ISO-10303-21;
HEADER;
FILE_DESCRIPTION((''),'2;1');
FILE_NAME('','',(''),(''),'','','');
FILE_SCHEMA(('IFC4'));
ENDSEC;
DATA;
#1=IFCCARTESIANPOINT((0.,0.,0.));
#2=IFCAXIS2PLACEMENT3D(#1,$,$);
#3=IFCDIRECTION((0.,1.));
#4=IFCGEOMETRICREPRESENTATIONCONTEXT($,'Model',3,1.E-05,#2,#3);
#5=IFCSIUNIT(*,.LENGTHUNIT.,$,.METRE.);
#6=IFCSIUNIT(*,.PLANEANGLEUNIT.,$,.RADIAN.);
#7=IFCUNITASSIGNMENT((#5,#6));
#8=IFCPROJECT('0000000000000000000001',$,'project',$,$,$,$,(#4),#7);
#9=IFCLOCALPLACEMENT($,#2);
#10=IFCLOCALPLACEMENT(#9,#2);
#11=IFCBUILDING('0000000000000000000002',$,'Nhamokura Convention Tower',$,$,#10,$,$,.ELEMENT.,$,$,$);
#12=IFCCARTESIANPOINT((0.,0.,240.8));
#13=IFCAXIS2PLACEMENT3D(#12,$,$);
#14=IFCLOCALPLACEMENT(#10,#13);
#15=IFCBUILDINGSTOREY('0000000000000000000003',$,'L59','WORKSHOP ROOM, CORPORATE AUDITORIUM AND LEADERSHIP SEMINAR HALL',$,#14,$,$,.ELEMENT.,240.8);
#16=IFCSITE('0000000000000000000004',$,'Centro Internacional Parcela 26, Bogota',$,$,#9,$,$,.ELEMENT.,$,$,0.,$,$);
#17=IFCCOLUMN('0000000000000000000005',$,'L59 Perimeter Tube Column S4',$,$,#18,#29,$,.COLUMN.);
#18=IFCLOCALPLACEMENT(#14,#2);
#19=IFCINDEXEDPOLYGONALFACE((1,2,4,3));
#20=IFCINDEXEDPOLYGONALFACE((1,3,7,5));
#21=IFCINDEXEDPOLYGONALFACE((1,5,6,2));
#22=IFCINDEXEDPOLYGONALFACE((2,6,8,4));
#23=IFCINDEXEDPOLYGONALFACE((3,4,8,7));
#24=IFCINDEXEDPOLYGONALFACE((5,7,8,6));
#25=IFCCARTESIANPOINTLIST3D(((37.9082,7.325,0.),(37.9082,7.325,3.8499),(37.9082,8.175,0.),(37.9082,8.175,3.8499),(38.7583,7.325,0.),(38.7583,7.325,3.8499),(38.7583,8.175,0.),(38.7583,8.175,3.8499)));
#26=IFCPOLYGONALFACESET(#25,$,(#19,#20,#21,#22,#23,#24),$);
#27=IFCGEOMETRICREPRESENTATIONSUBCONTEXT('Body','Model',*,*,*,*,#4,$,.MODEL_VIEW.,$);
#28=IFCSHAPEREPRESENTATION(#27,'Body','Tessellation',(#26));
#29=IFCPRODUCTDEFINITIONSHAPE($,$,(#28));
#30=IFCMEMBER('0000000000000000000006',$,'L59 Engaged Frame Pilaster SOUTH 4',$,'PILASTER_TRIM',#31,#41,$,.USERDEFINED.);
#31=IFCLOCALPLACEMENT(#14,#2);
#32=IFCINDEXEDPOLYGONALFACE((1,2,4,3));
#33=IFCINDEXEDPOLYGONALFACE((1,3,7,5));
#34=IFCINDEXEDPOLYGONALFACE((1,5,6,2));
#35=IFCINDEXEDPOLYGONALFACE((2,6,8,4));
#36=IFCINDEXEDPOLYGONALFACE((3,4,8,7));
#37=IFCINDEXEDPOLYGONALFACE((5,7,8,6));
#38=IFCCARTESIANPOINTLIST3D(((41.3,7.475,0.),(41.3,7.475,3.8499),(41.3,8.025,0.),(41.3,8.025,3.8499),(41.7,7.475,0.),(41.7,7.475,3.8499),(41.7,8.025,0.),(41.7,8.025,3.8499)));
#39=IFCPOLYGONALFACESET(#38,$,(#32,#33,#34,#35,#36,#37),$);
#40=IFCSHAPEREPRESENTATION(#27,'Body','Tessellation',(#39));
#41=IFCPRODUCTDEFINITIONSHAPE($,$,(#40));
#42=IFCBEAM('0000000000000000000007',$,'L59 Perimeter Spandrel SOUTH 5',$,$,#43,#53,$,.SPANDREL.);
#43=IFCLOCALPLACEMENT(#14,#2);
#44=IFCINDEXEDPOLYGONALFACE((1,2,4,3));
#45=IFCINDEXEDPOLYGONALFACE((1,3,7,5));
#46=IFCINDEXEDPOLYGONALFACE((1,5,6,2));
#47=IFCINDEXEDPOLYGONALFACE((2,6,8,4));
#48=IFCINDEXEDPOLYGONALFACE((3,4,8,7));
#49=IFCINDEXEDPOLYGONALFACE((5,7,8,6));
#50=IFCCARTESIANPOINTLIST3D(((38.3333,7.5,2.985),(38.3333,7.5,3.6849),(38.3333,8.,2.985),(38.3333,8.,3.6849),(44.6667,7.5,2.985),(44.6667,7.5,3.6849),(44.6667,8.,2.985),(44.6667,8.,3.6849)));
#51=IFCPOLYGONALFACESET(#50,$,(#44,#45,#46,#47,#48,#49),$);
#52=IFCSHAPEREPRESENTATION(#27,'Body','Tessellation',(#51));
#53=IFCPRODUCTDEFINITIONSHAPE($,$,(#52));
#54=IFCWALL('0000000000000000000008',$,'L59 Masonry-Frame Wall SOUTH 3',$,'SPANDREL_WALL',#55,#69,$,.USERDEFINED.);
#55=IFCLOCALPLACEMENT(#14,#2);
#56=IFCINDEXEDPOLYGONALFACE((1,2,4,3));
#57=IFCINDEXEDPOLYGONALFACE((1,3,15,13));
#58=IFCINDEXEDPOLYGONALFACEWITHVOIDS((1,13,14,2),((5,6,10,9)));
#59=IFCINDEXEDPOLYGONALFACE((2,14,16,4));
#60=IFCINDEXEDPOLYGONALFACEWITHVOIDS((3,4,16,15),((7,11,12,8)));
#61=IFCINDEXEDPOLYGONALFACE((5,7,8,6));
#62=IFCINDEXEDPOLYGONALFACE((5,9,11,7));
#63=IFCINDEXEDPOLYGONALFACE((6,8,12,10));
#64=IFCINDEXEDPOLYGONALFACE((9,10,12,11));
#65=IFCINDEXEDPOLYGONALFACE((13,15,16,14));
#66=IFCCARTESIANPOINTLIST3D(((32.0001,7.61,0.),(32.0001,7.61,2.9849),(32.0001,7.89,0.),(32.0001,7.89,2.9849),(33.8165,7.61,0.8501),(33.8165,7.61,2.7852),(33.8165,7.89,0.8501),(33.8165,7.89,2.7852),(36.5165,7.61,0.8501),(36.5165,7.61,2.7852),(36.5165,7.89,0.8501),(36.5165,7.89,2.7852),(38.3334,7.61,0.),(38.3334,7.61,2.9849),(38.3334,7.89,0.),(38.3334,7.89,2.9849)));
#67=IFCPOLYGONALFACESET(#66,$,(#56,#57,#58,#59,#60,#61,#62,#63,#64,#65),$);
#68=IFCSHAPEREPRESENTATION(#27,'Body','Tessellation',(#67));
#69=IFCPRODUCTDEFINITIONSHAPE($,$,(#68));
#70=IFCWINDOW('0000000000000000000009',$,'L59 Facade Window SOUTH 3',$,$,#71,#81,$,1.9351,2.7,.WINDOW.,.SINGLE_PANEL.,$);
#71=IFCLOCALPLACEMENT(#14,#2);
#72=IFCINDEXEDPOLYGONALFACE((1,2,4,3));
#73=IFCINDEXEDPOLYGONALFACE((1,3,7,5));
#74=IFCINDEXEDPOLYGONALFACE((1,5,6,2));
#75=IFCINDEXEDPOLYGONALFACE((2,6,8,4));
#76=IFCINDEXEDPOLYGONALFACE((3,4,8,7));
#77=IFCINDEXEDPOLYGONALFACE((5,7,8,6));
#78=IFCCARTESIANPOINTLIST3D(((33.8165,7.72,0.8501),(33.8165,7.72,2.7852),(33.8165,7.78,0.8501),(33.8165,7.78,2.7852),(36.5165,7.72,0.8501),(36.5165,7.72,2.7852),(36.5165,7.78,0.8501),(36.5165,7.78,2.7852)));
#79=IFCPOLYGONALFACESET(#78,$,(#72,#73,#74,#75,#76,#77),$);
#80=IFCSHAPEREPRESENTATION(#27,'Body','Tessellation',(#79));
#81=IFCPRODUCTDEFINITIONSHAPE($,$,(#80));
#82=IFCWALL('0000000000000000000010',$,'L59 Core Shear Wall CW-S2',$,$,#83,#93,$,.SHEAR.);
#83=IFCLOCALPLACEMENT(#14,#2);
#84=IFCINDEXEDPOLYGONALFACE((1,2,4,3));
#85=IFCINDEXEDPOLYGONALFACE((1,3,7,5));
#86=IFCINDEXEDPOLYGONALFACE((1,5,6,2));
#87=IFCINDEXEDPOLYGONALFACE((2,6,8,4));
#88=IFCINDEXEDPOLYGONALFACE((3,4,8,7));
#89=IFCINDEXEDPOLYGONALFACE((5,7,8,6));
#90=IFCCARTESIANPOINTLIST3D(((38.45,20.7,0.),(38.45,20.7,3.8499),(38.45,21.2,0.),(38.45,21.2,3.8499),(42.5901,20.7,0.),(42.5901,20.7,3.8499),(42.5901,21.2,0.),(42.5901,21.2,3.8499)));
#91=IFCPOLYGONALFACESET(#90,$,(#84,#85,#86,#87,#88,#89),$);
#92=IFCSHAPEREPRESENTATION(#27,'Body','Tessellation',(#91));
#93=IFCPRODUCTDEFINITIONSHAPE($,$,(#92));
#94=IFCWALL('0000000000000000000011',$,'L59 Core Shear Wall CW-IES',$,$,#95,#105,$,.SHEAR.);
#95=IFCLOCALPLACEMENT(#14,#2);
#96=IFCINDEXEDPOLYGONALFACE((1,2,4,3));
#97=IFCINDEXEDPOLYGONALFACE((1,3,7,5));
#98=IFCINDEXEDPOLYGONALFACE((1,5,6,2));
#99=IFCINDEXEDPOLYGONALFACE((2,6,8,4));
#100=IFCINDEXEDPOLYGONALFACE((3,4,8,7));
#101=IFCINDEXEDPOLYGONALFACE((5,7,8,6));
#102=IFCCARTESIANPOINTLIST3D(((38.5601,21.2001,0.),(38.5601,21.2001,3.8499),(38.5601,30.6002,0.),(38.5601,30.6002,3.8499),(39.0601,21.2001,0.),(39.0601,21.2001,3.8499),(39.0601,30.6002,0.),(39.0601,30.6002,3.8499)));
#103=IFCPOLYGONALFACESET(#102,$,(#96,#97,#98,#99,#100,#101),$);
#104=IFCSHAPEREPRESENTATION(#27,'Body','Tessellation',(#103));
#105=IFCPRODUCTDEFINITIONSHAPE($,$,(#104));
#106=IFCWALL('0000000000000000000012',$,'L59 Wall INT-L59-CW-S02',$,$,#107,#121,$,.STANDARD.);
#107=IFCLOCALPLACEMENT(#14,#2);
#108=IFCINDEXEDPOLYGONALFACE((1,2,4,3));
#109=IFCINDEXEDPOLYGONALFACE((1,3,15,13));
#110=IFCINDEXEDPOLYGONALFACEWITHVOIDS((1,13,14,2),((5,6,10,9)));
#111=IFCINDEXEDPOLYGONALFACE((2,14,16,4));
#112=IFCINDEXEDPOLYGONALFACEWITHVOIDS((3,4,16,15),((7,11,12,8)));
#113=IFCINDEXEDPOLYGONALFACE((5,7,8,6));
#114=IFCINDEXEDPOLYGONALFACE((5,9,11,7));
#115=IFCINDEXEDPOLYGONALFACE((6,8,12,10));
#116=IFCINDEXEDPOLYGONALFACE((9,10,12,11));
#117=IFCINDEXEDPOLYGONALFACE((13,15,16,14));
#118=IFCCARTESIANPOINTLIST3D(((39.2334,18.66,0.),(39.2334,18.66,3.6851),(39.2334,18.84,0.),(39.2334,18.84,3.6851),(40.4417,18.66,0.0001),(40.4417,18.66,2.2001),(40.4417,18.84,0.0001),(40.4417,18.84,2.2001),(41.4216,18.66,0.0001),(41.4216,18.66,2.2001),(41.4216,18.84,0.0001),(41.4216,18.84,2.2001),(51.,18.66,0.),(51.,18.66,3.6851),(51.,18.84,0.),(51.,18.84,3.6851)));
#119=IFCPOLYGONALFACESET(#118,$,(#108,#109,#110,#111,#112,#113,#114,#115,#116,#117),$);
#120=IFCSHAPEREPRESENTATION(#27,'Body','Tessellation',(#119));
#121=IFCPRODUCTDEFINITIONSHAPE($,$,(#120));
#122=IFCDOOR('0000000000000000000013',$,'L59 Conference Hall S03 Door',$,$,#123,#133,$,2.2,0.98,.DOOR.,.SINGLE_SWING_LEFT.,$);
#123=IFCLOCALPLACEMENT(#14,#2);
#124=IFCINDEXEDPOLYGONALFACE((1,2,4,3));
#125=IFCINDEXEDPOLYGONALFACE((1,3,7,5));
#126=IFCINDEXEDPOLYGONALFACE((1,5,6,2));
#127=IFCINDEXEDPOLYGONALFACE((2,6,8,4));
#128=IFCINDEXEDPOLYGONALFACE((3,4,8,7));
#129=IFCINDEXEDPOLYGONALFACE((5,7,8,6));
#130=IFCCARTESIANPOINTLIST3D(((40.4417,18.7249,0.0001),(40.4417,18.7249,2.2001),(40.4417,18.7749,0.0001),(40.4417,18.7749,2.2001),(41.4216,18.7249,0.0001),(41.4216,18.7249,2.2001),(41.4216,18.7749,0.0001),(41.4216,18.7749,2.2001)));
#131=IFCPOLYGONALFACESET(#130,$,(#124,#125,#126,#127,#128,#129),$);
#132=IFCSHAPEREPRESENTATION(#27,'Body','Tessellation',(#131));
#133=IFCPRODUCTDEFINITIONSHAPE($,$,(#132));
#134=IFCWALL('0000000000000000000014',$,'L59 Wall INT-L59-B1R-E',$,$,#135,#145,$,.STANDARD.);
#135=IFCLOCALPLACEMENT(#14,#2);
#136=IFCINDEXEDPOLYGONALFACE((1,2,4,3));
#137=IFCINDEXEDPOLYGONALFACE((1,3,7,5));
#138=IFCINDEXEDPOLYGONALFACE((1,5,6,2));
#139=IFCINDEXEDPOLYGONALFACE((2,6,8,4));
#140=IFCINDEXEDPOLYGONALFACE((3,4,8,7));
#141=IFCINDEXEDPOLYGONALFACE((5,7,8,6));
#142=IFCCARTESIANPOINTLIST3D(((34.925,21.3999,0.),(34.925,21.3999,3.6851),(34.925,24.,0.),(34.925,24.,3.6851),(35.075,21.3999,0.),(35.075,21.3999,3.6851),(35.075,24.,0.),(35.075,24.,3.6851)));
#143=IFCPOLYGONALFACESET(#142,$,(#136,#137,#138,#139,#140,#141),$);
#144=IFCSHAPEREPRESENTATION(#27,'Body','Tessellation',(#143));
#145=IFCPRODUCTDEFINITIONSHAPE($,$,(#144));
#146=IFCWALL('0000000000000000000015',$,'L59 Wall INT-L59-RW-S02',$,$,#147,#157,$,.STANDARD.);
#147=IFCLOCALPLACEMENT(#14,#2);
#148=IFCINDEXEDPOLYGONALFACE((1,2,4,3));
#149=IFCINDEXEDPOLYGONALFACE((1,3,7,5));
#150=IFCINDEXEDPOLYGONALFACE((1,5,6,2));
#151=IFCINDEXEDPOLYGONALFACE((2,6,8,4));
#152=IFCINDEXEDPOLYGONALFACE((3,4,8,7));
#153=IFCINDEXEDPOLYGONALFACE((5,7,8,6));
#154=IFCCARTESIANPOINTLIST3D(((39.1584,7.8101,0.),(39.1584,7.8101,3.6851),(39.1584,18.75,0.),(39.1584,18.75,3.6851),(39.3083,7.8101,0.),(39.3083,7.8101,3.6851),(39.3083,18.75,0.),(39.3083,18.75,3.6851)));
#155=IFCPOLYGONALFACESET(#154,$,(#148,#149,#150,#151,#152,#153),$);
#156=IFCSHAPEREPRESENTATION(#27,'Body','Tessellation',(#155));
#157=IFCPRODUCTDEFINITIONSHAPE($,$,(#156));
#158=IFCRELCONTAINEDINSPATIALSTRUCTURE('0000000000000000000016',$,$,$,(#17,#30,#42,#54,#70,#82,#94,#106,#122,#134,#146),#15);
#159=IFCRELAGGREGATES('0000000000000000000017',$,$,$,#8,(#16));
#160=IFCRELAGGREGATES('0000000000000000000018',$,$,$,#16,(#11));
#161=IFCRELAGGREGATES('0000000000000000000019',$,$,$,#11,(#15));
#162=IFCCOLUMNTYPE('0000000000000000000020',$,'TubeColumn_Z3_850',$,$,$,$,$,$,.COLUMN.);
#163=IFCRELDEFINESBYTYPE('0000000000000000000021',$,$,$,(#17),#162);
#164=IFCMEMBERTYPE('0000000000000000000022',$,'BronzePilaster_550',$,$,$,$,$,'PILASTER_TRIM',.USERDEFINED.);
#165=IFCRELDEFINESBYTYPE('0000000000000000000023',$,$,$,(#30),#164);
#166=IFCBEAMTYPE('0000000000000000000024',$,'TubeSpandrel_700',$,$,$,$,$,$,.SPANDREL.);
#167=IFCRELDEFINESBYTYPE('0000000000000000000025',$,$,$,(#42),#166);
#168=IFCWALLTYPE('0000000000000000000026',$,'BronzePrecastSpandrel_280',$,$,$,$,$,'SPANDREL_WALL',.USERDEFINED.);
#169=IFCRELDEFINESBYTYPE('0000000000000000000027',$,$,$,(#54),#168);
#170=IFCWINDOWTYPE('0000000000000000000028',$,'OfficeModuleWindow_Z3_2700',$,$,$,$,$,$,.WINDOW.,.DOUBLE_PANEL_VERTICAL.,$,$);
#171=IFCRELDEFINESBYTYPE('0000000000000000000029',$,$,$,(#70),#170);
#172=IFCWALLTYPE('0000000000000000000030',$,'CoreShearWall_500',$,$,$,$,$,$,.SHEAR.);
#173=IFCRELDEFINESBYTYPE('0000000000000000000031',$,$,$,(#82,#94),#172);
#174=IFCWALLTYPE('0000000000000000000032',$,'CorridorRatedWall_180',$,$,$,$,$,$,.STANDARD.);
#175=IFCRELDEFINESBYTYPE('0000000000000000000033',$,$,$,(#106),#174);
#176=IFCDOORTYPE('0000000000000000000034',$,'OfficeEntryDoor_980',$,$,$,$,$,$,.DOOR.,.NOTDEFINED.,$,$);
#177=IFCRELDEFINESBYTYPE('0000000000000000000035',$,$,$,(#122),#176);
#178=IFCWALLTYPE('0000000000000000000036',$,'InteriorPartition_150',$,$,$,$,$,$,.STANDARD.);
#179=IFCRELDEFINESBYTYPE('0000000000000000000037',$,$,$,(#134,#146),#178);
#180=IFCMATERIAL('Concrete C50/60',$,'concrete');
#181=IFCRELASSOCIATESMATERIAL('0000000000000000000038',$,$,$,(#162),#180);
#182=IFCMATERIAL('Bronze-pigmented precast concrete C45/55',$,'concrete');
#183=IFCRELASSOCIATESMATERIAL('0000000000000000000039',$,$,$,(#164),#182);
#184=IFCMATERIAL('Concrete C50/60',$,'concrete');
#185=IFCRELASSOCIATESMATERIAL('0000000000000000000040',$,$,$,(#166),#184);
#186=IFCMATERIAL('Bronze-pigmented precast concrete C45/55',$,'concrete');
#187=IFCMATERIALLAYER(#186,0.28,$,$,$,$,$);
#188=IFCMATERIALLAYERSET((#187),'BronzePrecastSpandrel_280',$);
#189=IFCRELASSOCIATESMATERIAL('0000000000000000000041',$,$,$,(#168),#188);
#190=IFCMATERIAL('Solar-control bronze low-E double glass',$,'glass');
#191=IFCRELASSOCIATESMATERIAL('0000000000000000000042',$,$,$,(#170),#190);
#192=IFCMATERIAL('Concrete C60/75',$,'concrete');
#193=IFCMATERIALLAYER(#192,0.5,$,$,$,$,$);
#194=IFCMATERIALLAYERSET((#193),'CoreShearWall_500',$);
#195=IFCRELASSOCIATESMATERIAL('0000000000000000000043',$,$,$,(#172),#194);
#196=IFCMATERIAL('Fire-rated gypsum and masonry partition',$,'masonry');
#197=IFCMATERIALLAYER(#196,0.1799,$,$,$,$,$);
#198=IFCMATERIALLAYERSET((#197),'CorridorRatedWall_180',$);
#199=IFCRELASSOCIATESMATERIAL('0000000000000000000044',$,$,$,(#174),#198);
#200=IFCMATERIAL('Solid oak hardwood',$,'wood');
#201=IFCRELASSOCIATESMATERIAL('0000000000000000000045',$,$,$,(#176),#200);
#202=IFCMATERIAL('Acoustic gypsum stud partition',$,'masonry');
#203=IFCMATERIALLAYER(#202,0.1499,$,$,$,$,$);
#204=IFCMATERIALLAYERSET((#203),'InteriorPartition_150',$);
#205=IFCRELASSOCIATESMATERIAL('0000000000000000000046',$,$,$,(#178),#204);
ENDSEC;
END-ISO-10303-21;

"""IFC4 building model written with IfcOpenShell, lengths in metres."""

from ifc_helpers import new_model, si_unit, direction, frame, frame_2d, origin, origin_2d, place, context, subcontext, project, spatial, rectangle, extrude, material, layer, layer_set, material_profile, profile_set, type_object, element, fill, save


model = new_model("IFC4")

# Units and contexts
model_context = context("Model", 3, precision=1e-05, world=origin(), true_north=direction((0.0, 1.0)))
body_context = subcontext(model_context, "Body", "Model", "MODEL_VIEW")
ifc_project = project(units=[si_unit("LENGTHUNIT", "METRE"), si_unit("PLANEANGLEUNIT", "RADIAN")], contexts=[model_context])

# Site, building, storey
site_placement = place(None, origin())
site = spatial("IfcSite", under=ifc_project, at=site_placement, Name="Centro Internacional Parcela 26, Bogota", CompositionType="ELEMENT", RefElevation=0.0)
building_placement = place(site_placement, origin())
building = spatial("IfcBuilding", under=site, at=building_placement, Name="Nhamokura Convention Tower", CompositionType="ELEMENT")
storey_placement = place(building_placement, frame((0.0, 0.0, 240.8)))
storey = spatial("IfcBuildingStorey", under=building, at=storey_placement, Name="L59", Description="WORKSHOP ROOM, CORPORATE AUDITORIUM AND LEADERSHIP SEMINAR HALL", CompositionType="ELEMENT", Elevation=240.8)

# Column
ifc_material_1 = material(Name="Concrete C50/60", Category="concrete")
ifc_material_profile_1 = material_profile(ifc_material_1, rectangle(XDim=0.8501, YDim=0.8501, at=origin_2d()))
ifc_profile_set_1 = profile_set([ifc_material_profile_1], Name="Concrete C50/60")
column_type = type_object("IfcColumnType", Name="TubeColumn_Z3_850", PredefinedType="COLUMN", material=ifc_profile_set_1)
column_placement = place(storey_placement, frame((38.3333, 7.75, 0.0), z_axis=(0.0, 0.0, 1.0), x_axis=(1.0, 0.0, 0.0)))
element("IfcColumn", 1, at=column_placement, inside=storey, type_object=column_type, Name="L59 Perimeter Tube Column S4", PredefinedType="COLUMN", context=body_context, shape_type="SweptSolid", body=[
    extrude(rectangle(XDim=0.8501, YDim=0.8501, at=origin_2d()), origin(), (0.0, 0.0, 1.0), 3.8499),
])

# Member
ifc_material_2 = material(Name="Bronze-pigmented precast concrete C45/55", Category="concrete")
ifc_material_profile_2 = material_profile(ifc_material_2, rectangle(XDim=0.3999, YDim=0.55, at=origin_2d()))
ifc_profile_set_2 = profile_set([ifc_material_profile_2], Name="Bronze-pigmented precast concrete C45/55")
member_type = type_object("IfcMemberType", Name="BronzePilaster_550", ElementType="PILASTER_TRIM", PredefinedType="USERDEFINED", material=ifc_profile_set_2)
member_placement = place(storey_placement, frame((41.5, 7.75, 0.0), z_axis=(0.0, 0.0, 1.0), x_axis=(1.0, 0.0, 0.0)))
element("IfcMember", 2, at=member_placement, inside=storey, type_object=member_type, Name="L59 Engaged Frame Pilaster SOUTH 4", ObjectType="PILASTER_TRIM", PredefinedType="USERDEFINED", context=body_context, shape_type="SweptSolid", body=[
    extrude(rectangle(XDim=0.3999, YDim=0.55, at=origin_2d()), origin(), (0.0, 0.0, 1.0), 3.8499),
])

# Beam
ifc_material_3 = material(Name="Concrete C50/60", Category="concrete")
ifc_material_profile_3 = material_profile(ifc_material_3, rectangle(XDim=0.5, YDim=0.7, at=origin_2d()))
ifc_profile_set_3 = profile_set([ifc_material_profile_3], Name="Concrete C50/60")
beam_type = type_object("IfcBeamType", Name="TubeSpandrel_700", PredefinedType="SPANDREL", material=ifc_profile_set_3)
beam_placement = place(storey_placement, frame((38.3333, 7.75, 3.335), z_axis=(1.0, 0.0, 0.0), x_axis=(0.0, 1.0, 0.0)))
element("IfcBeam", 3, at=beam_placement, inside=storey, type_object=beam_type, Name="L59 Perimeter Spandrel SOUTH 5", PredefinedType="SPANDREL", context=body_context, shape_type="SweptSolid", body=[
    extrude(rectangle(XDim=0.5, YDim=0.7, at=origin_2d()), origin(), (0.0, 0.0, 1.0), 6.3335),
])

# Wall, opening, window
ifc_material_4 = material(Name="Bronze-pigmented precast concrete C45/55", Category="concrete")
ifc_layer_1 = layer(ifc_material_4, 0.28)
ifc_layer_set_1 = layer_set([ifc_layer_1], Name="BronzePrecastSpandrel_280")
wall_type_1 = type_object("IfcWallType", Name="BronzePrecastSpandrel_280", ElementType="SPANDREL_WALL", PredefinedType="USERDEFINED", material=ifc_layer_set_1)
wall_1_placement = place(storey_placement, frame((38.3333, 7.75, 0.0), z_axis=(0.0, 0.0, 1.0), x_axis=(-1.0, 0.0, 0.0)))
wall_1 = element("IfcWall", 4, at=wall_1_placement, inside=storey, type_object=wall_type_1, Name="L59 Masonry-Frame Wall SOUTH 3", ObjectType="SPANDREL_WALL", PredefinedType="USERDEFINED", context=body_context, shape_type="SweptSolid", body=[
    extrude(rectangle(XDim=6.3333, YDim=0.28, at=frame_2d((3.1665, 0.0))), origin(), (0.0, 0.0, 1.0), 2.9849),
])
opening_1_placement = place(wall_1_placement, frame((1.8167, 0.0, 0.8501)))
opening_1 = element("IfcOpeningElement", 5, at=opening_1_placement, cuts=wall_1, PredefinedType="OPENING", context=body_context, shape_type="SweptSolid", body=[
    extrude(rectangle(XDim=2.7, YDim=1.9351, at=frame_2d((1.3501, 0.9675))), frame((0.0, 0.1499, 0.0), z_axis=(0.0, -1.0, 0.0), x_axis=(1.0, 0.0, 0.0)), (0.0, 0.0, 1.0), 0.3),
])
ifc_material_5 = material(Name="Solar-control bronze low-E double glass", Category="glass")
window_type = type_object("IfcWindowType", Name="OfficeModuleWindow_Z3_2700", PartitioningType="DOUBLE_PANEL_VERTICAL", PredefinedType="WINDOW", material=ifc_material_5)
window_placement = place(opening_1_placement, origin())
window = element("IfcWindow", 6, at=window_placement, inside=storey, type_object=window_type, Name="L59 Facade Window SOUTH 3", OverallHeight=1.9351, OverallWidth=2.7, PartitioningType="SINGLE_PANEL", PredefinedType="WINDOW", context=body_context, shape_type="SweptSolid", body=[
    extrude(rectangle(XDim=2.7, YDim=1.9351, at=frame_2d((1.3501, 0.9675))), frame((0.0, 0.03, 0.0), z_axis=(0.0, -1.0, 0.0), x_axis=(1.0, 0.0, 0.0)), (0.0, 0.0, 1.0), 0.0601),
])
fill(opening_1, window)

# Shared definitions
ifc_material_6 = material(Name="Concrete C60/75", Category="concrete")
ifc_layer_2 = layer(ifc_material_6, 0.5)
ifc_layer_set_2 = layer_set([ifc_layer_2], Name="CoreShearWall_500")
wall_type_2 = type_object("IfcWallType", Name="CoreShearWall_500", PredefinedType="SHEAR", material=ifc_layer_set_2)

# Walls
wall_2_placement = place(storey_placement, frame((38.45, 20.95, 0.0), z_axis=(0.0, 0.0, 1.0), x_axis=(1.0, 0.0, 0.0)))
element("IfcWall", 7, at=wall_2_placement, inside=storey, type_object=wall_type_2, Name="L59 Core Shear Wall CW-S2", PredefinedType="SHEAR", context=body_context, shape_type="SweptSolid", body=[
    extrude(rectangle(XDim=4.1401, YDim=0.5, at=frame_2d((2.0701, 0.0))), origin(), (0.0, 0.0, 1.0), 3.8499),
])
wall_3_placement = place(storey_placement, frame((38.8101, 21.2, 0.0), z_axis=(0.0, 0.0, 1.0), x_axis=(0.0, 1.0, 0.0)))
element("IfcWall", 8, at=wall_3_placement, inside=storey, type_object=wall_type_2, Name="L59 Core Shear Wall CW-IES", PredefinedType="SHEAR", context=body_context, shape_type="SweptSolid", body=[
    extrude(rectangle(XDim=9.4001, YDim=0.5, at=frame_2d((4.7002, 0.0))), origin(), (0.0, 0.0, 1.0), 3.8499),
])

# Wall, opening, door
ifc_material_7 = material(Name="Fire-rated gypsum and masonry partition", Category="masonry")
ifc_layer_3 = layer(ifc_material_7, 0.1799)
ifc_layer_set_3 = layer_set([ifc_layer_3], Name="CorridorRatedWall_180")
wall_type_3 = type_object("IfcWallType", Name="CorridorRatedWall_180", PredefinedType="STANDARD", material=ifc_layer_set_3)
wall_4_placement = place(storey_placement, frame((39.2334, 18.75, 0.0), z_axis=(0.0, 0.0, 1.0), x_axis=(1.0, 0.0, 0.0)))
wall_4 = element("IfcWall", 9, at=wall_4_placement, inside=storey, type_object=wall_type_3, Name="L59 Wall INT-L59-CW-S02", PredefinedType="STANDARD", context=body_context, shape_type="SweptSolid", body=[
    extrude(rectangle(XDim=11.7666, YDim=0.1799, at=frame_2d((5.8833, 0.0))), origin(), (0.0, 0.0, 1.0), 3.6851),
])
opening_2_placement = place(wall_4_placement, frame((1.2083, 0.0, 0.0)))
opening_2 = element("IfcOpeningElement", 10, at=opening_2_placement, cuts=wall_4, PredefinedType="OPENING", context=body_context, shape_type="SweptSolid", body=[
    extrude(rectangle(XDim=0.98, YDim=2.2, at=frame_2d((0.49, 1.1001))), frame((0.0, 0.0999, 0.0), z_axis=(0.0, -1.0, 0.0), x_axis=(1.0, 0.0, 0.0)), (0.0, 0.0, 1.0), 0.2),
])
ifc_material_8 = material(Name="Solid oak hardwood", Category="wood")
door_type_1 = type_object("IfcDoorType", Name="OfficeEntryDoor_980", OperationType="NOTDEFINED", PredefinedType="DOOR", material=ifc_material_8)
door_1_placement = place(opening_2_placement, origin())
door_1 = element("IfcDoor", 11, at=door_1_placement, inside=storey, type_object=door_type_1, Name="L59 Conference Hall S03 Door", OperationType="SINGLE_SWING_LEFT", OverallHeight=2.2, OverallWidth=0.98, PredefinedType="DOOR", context=body_context, shape_type="SweptSolid", body=[
    extrude(rectangle(XDim=0.98, YDim=2.2, at=frame_2d((0.49, 1.1001))), frame((0.0, 0.0249, 0.0), z_axis=(0.0, -1.0, 0.0), x_axis=(1.0, 0.0, 0.0)), (0.0, 0.0, 1.0), 0.05),
])
fill(opening_2, door_1)

# Walls
ifc_material_9 = material(Name="Acoustic gypsum stud partition", Category="masonry")
ifc_layer_4 = layer(ifc_material_9, 0.1499)
ifc_layer_set_4 = layer_set([ifc_layer_4], Name="InteriorPartition_150")
wall_type_4 = type_object("IfcWallType", Name="InteriorPartition_150", PredefinedType="STANDARD", material=ifc_layer_set_4)
wall_5_placement = place(storey_placement, frame((35.0, 21.3999, 0.0), z_axis=(0.0, 0.0, 1.0), x_axis=(0.0, 1.0, 0.0)))
element("IfcWall", 12, at=wall_5_placement, inside=storey, type_object=wall_type_4, Name="L59 Wall INT-L59-B1R-E", PredefinedType="STANDARD", context=body_context, shape_type="SweptSolid", body=[
    extrude(rectangle(XDim=2.6001, YDim=0.1499, at=frame_2d((1.3, 0.0))), origin(), (0.0, 0.0, 1.0), 3.6851),
])
wall_6_placement = place(storey_placement, frame((39.2334, 7.8101, 0.0), z_axis=(0.0, 0.0, 1.0), x_axis=(0.0, 1.0, 0.0)))
element("IfcWall", 13, at=wall_6_placement, inside=storey, type_object=wall_type_4, Name="L59 Wall INT-L59-RW-S02", PredefinedType="STANDARD", context=body_context, shape_type="SweptSolid", body=[
    extrude(rectangle(XDim=10.9399, YDim=0.1499, at=frame_2d((5.47, 0.0))), origin(), (0.0, 0.0, 1.0), 3.6851),
])

save(model, "model.ifc")
